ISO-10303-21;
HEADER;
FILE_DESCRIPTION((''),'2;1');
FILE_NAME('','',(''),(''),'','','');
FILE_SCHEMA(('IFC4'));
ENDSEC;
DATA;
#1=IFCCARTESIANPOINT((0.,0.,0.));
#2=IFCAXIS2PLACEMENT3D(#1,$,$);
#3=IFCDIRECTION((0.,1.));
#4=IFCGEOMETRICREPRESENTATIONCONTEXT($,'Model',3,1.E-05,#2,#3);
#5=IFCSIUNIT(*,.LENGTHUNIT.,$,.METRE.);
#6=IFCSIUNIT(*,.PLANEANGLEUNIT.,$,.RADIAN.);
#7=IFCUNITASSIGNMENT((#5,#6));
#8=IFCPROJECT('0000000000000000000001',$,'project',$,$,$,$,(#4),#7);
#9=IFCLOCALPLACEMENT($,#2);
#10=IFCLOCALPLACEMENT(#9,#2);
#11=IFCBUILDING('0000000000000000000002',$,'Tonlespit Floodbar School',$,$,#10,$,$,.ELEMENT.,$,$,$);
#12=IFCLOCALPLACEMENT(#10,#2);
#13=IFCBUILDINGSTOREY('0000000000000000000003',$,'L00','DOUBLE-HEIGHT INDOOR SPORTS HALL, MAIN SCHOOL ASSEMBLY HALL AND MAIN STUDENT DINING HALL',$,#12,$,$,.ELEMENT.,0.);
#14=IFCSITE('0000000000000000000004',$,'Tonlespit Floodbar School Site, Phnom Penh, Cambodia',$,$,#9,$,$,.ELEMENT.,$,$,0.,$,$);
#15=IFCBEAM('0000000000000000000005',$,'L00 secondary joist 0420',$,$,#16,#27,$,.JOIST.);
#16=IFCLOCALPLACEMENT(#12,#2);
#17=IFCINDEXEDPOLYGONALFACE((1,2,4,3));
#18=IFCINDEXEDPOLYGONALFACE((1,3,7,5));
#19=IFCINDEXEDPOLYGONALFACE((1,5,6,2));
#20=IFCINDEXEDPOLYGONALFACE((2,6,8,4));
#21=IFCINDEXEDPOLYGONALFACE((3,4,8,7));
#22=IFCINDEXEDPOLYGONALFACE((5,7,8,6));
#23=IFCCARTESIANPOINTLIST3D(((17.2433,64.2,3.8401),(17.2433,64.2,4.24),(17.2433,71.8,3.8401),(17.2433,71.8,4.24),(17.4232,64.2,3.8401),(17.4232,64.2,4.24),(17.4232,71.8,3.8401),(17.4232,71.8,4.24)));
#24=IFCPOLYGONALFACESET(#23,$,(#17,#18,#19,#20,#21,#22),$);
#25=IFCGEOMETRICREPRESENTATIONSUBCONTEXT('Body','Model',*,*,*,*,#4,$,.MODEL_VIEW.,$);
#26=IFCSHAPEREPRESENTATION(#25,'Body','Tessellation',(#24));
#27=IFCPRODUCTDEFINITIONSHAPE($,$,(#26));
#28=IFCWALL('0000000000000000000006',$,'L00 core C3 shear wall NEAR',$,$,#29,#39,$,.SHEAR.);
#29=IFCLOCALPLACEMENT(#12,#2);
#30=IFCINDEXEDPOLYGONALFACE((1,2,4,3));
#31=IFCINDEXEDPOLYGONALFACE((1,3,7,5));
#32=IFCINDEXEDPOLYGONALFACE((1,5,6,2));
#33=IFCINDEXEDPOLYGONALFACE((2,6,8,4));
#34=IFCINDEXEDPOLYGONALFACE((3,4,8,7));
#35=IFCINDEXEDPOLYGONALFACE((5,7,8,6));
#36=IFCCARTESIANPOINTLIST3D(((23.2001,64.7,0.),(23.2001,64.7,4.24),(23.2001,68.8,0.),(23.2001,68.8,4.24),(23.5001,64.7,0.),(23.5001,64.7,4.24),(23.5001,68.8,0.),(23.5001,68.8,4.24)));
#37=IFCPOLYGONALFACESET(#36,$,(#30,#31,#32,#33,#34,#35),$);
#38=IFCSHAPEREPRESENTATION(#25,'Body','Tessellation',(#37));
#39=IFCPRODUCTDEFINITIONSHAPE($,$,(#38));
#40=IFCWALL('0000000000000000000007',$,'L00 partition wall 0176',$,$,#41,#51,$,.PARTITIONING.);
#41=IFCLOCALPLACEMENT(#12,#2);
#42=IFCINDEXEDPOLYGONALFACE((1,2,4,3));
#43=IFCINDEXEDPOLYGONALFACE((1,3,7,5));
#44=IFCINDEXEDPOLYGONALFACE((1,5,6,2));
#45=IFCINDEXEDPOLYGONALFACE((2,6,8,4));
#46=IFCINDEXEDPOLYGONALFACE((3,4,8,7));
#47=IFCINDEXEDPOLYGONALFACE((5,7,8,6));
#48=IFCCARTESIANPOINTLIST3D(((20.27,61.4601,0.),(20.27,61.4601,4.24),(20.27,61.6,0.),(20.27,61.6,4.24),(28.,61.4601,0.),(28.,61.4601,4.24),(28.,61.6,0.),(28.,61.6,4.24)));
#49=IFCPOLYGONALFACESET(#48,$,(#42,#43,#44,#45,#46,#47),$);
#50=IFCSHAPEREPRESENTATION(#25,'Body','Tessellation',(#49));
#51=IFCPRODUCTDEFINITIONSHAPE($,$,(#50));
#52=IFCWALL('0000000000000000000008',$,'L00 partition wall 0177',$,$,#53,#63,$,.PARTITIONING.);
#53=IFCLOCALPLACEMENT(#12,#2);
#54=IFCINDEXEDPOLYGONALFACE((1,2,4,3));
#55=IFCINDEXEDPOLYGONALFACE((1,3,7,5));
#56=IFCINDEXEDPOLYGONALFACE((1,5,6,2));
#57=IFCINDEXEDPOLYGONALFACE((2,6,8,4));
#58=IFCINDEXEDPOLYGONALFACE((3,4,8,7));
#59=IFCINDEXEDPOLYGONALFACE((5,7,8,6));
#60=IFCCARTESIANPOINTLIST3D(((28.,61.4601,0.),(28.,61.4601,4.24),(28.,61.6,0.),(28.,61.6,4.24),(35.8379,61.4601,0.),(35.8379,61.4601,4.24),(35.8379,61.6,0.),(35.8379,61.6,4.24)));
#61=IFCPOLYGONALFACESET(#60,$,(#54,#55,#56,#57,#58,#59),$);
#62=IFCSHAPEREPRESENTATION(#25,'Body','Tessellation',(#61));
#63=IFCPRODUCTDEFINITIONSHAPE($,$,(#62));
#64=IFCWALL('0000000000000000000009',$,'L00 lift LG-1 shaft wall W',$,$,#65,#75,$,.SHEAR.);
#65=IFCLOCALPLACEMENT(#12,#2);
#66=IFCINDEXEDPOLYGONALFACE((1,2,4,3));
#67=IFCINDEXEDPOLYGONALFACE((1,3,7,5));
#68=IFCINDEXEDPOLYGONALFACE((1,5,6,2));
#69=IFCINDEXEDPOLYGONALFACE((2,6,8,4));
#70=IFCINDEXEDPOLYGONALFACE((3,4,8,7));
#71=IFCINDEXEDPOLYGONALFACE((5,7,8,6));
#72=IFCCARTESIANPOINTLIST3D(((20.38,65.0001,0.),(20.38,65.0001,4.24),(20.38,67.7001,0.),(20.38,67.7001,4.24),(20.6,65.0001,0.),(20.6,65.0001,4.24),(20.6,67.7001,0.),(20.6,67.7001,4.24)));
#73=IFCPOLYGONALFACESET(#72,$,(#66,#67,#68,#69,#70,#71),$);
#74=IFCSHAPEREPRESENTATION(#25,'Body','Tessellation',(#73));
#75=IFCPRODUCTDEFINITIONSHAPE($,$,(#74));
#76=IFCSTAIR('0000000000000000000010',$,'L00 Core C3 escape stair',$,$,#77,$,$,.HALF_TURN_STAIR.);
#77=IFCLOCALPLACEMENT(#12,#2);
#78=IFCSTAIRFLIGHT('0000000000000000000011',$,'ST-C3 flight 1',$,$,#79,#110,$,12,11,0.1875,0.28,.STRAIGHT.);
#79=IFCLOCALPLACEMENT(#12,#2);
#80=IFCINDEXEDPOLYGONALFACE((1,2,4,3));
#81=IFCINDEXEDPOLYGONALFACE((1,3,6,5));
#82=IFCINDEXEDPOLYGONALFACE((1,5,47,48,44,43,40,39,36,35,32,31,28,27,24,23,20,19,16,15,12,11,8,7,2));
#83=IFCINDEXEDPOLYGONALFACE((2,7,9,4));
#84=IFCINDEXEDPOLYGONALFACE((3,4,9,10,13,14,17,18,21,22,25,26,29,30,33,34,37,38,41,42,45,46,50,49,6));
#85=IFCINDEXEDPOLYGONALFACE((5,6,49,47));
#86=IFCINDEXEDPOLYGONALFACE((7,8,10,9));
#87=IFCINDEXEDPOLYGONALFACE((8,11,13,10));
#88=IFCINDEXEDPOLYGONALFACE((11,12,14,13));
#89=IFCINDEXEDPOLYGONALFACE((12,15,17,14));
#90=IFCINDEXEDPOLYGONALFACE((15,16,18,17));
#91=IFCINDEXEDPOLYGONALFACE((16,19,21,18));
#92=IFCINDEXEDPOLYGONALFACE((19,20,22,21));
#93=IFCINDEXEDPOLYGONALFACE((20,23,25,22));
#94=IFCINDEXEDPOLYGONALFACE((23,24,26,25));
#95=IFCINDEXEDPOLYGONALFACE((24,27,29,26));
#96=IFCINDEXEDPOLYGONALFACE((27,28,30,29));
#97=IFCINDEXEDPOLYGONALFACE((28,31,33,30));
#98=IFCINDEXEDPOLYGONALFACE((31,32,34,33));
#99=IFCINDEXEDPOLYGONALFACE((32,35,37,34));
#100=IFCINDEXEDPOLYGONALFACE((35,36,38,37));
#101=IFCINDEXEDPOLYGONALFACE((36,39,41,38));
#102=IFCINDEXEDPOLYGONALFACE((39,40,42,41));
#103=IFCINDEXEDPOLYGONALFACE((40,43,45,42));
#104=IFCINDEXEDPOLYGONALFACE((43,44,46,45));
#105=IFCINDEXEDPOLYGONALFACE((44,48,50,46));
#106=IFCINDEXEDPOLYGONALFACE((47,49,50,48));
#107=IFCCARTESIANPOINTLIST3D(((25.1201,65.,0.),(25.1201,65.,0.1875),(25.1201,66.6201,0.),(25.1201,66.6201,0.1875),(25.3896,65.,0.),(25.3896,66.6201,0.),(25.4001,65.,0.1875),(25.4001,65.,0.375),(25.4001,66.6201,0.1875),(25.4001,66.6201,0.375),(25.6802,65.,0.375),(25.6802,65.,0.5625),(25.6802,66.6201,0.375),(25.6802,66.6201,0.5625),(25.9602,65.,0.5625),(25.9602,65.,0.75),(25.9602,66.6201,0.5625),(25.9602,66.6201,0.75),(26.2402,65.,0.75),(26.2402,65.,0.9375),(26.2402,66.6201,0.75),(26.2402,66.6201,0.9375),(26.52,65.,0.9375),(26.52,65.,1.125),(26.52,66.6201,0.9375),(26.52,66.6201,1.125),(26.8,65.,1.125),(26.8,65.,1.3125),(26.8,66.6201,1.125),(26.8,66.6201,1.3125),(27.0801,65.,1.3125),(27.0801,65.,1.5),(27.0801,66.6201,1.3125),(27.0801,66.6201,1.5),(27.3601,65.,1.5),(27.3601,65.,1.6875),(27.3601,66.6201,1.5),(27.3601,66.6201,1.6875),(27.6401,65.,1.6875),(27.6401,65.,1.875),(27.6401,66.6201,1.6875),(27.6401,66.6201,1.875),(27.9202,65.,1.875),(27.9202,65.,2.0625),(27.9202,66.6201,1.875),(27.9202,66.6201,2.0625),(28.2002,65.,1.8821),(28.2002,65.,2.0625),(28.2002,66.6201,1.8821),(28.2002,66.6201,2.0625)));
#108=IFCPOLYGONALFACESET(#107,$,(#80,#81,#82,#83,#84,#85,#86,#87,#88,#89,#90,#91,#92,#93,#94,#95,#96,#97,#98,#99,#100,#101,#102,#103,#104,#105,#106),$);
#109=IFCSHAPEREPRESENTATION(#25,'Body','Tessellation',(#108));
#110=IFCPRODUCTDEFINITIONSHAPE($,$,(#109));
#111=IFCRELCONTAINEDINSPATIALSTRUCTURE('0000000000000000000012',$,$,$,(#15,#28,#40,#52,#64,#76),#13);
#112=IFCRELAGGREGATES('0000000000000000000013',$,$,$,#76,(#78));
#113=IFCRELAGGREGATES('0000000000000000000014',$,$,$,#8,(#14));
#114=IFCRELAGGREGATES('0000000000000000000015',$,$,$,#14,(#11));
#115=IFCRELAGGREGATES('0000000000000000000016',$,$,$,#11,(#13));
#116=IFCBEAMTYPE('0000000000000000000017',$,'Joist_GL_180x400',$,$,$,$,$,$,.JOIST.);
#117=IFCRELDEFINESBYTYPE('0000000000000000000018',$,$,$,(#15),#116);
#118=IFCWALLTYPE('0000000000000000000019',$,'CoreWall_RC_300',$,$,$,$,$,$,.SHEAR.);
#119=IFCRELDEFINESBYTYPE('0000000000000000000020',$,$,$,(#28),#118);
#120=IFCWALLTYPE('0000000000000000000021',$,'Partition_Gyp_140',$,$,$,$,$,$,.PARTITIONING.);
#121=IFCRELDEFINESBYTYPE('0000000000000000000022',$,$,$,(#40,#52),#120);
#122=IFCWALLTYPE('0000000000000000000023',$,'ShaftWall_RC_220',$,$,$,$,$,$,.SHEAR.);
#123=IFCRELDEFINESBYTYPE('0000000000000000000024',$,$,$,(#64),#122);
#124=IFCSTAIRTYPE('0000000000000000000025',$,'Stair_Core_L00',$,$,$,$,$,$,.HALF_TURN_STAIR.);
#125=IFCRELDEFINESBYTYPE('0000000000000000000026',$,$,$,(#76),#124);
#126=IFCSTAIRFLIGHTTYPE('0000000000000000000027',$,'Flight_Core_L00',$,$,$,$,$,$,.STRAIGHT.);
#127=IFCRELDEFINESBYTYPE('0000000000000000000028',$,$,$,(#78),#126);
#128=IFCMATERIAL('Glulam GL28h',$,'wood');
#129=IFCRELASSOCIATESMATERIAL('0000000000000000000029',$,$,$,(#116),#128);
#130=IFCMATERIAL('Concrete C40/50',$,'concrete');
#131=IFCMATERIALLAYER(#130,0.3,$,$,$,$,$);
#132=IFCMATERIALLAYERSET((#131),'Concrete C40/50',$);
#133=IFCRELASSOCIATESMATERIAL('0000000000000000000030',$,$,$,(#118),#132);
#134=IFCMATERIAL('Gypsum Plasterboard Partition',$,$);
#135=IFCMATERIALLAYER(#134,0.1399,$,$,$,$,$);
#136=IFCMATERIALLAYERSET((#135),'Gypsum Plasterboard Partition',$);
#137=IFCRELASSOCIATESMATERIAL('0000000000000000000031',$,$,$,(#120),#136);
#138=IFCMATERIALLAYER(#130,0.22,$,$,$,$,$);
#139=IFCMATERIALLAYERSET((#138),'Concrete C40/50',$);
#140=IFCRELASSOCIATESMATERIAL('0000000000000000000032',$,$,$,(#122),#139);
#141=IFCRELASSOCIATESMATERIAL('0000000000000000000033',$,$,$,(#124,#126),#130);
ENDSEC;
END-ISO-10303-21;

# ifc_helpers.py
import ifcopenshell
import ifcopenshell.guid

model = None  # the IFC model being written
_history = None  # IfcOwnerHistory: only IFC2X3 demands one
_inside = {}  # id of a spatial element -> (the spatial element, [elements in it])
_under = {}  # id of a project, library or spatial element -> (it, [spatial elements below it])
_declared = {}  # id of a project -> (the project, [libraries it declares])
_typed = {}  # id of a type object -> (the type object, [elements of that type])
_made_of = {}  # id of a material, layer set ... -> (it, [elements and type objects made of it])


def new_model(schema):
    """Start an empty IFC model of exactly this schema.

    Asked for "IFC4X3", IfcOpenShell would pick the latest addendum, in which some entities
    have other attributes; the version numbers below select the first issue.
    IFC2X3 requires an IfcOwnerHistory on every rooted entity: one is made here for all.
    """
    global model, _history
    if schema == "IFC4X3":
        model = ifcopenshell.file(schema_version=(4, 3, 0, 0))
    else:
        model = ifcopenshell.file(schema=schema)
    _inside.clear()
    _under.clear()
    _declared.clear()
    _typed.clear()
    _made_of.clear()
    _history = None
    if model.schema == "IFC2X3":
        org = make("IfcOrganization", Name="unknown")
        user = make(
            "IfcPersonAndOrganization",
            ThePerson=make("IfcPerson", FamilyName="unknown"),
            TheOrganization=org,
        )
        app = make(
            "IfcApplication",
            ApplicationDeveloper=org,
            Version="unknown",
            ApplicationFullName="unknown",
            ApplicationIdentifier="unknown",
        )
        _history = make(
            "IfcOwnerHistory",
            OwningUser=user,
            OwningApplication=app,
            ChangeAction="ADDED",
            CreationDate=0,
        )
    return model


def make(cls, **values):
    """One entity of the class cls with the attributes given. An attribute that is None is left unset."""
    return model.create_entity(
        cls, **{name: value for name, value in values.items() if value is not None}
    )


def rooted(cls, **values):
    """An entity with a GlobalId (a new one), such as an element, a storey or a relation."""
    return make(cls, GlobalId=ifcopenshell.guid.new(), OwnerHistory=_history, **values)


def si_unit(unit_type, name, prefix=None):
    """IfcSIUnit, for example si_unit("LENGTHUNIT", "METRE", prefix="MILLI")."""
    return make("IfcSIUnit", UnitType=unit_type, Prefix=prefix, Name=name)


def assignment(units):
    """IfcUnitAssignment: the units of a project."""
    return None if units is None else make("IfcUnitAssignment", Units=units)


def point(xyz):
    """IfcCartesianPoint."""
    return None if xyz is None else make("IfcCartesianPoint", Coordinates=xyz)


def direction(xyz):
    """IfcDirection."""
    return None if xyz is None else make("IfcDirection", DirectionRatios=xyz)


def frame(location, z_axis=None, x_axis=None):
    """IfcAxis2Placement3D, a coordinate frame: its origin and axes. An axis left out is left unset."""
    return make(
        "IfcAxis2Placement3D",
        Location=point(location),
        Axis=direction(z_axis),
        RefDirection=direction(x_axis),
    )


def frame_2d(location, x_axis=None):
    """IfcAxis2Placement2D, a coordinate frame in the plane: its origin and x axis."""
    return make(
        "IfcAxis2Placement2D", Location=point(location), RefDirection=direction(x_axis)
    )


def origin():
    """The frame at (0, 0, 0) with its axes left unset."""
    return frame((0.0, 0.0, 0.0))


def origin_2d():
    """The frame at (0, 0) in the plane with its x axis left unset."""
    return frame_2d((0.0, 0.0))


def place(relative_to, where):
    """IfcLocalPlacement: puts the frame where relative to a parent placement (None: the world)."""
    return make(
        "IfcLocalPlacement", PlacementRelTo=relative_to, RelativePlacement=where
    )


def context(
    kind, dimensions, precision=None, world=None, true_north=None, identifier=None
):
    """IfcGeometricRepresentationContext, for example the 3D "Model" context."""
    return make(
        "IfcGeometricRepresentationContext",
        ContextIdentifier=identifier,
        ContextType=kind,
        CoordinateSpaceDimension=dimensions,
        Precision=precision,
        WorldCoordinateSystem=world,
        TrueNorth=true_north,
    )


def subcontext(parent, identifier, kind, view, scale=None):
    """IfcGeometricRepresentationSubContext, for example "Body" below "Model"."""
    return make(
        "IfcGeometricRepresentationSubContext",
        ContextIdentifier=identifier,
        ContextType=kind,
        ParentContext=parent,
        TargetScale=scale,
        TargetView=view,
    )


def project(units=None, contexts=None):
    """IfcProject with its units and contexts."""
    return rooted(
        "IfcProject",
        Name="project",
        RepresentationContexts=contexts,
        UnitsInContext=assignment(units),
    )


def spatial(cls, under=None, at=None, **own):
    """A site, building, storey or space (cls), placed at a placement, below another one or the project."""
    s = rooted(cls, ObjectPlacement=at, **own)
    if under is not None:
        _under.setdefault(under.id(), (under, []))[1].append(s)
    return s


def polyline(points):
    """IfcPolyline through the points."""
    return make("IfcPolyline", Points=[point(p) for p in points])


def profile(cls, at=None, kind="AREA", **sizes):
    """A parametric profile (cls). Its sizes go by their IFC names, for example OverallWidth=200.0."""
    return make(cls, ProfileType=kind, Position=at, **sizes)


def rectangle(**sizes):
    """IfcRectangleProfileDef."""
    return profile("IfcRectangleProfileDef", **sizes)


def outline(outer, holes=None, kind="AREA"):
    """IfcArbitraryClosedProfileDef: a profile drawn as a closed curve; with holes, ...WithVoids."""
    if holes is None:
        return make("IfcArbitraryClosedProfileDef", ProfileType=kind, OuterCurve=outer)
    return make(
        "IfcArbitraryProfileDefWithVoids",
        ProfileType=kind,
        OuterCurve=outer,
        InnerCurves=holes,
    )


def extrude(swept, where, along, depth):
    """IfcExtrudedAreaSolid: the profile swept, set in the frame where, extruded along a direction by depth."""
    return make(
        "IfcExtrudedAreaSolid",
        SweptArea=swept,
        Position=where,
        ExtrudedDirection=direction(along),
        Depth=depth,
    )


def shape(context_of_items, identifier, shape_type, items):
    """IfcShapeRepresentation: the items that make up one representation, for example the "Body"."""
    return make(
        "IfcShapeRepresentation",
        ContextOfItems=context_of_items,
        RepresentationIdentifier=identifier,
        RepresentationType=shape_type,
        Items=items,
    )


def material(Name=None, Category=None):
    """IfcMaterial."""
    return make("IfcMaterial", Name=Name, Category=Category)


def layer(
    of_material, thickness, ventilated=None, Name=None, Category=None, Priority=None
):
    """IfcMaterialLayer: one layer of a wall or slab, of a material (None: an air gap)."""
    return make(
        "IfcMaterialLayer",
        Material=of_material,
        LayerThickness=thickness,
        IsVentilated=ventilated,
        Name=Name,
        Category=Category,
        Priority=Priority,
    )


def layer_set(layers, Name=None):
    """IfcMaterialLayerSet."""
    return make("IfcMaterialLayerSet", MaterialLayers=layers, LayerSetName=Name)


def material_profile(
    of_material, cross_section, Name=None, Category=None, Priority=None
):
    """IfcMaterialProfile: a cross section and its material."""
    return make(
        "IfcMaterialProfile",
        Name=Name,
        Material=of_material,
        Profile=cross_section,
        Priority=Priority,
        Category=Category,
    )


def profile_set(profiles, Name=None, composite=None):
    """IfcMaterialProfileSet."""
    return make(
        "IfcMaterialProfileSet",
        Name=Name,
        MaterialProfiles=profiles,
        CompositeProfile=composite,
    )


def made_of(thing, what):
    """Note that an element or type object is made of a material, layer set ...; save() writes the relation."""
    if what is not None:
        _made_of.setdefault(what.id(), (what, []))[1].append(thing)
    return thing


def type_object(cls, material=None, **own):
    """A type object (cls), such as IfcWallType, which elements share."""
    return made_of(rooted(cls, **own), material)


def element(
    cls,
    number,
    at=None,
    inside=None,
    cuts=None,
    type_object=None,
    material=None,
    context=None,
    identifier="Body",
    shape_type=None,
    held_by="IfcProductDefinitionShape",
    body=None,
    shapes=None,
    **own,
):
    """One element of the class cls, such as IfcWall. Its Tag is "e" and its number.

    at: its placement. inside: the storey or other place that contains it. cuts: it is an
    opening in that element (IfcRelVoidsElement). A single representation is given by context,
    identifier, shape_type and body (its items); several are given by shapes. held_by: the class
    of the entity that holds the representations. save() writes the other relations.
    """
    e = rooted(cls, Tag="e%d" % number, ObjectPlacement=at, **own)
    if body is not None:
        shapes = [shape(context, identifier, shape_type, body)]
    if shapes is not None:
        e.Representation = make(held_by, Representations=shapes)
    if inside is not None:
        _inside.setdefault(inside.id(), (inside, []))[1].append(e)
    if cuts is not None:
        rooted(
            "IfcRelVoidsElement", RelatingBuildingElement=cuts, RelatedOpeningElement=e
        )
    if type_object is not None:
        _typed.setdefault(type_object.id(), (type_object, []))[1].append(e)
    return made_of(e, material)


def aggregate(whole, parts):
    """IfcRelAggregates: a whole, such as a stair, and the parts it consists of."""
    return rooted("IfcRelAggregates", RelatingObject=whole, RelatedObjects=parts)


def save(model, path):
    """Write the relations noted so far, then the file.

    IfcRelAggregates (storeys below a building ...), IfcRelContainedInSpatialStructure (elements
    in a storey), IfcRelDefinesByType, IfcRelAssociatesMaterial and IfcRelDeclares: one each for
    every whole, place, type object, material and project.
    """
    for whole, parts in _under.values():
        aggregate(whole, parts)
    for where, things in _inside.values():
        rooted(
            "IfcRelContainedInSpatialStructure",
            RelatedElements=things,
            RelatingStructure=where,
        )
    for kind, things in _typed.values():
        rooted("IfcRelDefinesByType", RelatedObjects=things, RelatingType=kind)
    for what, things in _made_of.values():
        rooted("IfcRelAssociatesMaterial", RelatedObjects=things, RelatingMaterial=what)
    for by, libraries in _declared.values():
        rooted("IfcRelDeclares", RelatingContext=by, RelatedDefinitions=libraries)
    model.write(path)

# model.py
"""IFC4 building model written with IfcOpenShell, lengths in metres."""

from ifc_helpers import new_model, si_unit, direction, frame, frame_2d, origin, origin_2d, place, context, subcontext, project, spatial, polyline, rectangle, outline, extrude, material, layer, layer_set, material_profile, profile_set, type_object, element, aggregate, save


model = new_model("IFC4")

# Units and contexts
model_context = context("Model", 3, precision=1e-05, world=origin(), true_north=direction((0.0, 1.0)))
body_context = subcontext(model_context, "Body", "Model", "MODEL_VIEW")
ifc_project = project(units=[si_unit("LENGTHUNIT", "METRE"), si_unit("PLANEANGLEUNIT", "RADIAN")], contexts=[model_context])

# Site, building, storey
site_placement = place(None, origin())
site = spatial("IfcSite", under=ifc_project, at=site_placement, Name="Tonlespit Floodbar School Site, Phnom Penh, Cambodia", CompositionType="ELEMENT", RefElevation=0.0)
building_placement = place(site_placement, origin())
building = spatial("IfcBuilding", under=site, at=building_placement, Name="Tonlespit Floodbar School", CompositionType="ELEMENT")
storey_placement = place(building_placement, origin())
storey = spatial("IfcBuildingStorey", under=building, at=storey_placement, Name="L00", Description="DOUBLE-HEIGHT INDOOR SPORTS HALL, MAIN SCHOOL ASSEMBLY HALL AND MAIN STUDENT DINING HALL", CompositionType="ELEMENT", Elevation=0.0)

# Shared definitions
ifc_material_1 = material(Name="Concrete C40/50", Category="concrete")

# Beam
ifc_material_2 = material(Name="Glulam GL28h", Category="wood")
ifc_material_profile_1 = material_profile(ifc_material_2, rectangle(XDim=0.1799, YDim=0.3999, at=origin_2d()), Name="GL 180x400")
ifc_profile_set_1 = profile_set([ifc_material_profile_1], Name="Glulam GL28h")
beam_type_1 = type_object("IfcBeamType", Name="Joist_GL_180x400", PredefinedType="JOIST", material=ifc_profile_set_1)
for number, where, z_axis, x_axis, name in (
    (1, (17.3333, 64.2, 4.04), (0.0, 1.0, 0.0), (-1.0, 0.0, 0.0), "L00 secondary joist 0420"),
):
    element("IfcBeam", number, at=place(storey_placement, frame(where, z_axis=z_axis, x_axis=x_axis)), inside=storey, type_object=beam_type_1, Name=name, PredefinedType="JOIST", context=body_context, shape_type="SweptSolid", body=[
        extrude(rectangle(XDim=0.1799, YDim=0.3999, at=origin_2d()), origin(), (0.0, 0.0, 1.0), 7.6001),
    ])

# Wall
ifc_layer_1 = layer(ifc_material_1, 0.3)
ifc_layer_set_1 = layer_set([ifc_layer_1], Name="Concrete C40/50")
wall_type_1 = type_object("IfcWallType", Name="CoreWall_RC_300", PredefinedType="SHEAR", material=ifc_layer_set_1)
wall_1_placement = place(storey_placement, frame((23.3501, 64.7, 0.0), z_axis=(0.0, 0.0, 1.0), x_axis=(0.0, 1.0, 0.0)))
element("IfcWall", 2, at=wall_1_placement, inside=storey, type_object=wall_type_1, Name="L00 core C3 shear wall NEAR", PredefinedType="SHEAR", context=body_context, shape_type="SweptSolid", body=[
    extrude(rectangle(XDim=4.1001, YDim=0.3, at=frame_2d((2.05, 0.0))), origin(), (0.0, 0.0, 1.0), 4.24),
])

# Walls
ifc_material_3 = material(Name="Gypsum Plasterboard Partition")
ifc_layer_2 = layer(ifc_material_3, 0.1399)
ifc_layer_set_2 = layer_set([ifc_layer_2], Name="Gypsum Plasterboard Partition")
wall_type_2 = type_object("IfcWallType", Name="Partition_Gyp_140", PredefinedType="PARTITIONING", material=ifc_layer_set_2)
wall_2_placement = place(storey_placement, frame((20.27, 61.53, 0.0), z_axis=(0.0, 0.0, 1.0), x_axis=(1.0, 0.0, 0.0)))
element("IfcWall", 3, at=wall_2_placement, inside=storey, type_object=wall_type_2, Name="L00 partition wall 0176", PredefinedType="PARTITIONING", context=body_context, shape_type="SweptSolid", body=[
    extrude(rectangle(XDim=7.73, YDim=0.1399, at=frame_2d((3.865, 0.0))), origin(), (0.0, 0.0, 1.0), 4.24),
])
wall_3_placement = place(storey_placement, frame((28.0, 61.53, 0.0), z_axis=(0.0, 0.0, 1.0), x_axis=(1.0, 0.0, 0.0)))
element("IfcWall", 4, at=wall_3_placement, inside=storey, type_object=wall_type_2, Name="L00 partition wall 0177", PredefinedType="PARTITIONING", context=body_context, shape_type="SweptSolid", body=[
    extrude(rectangle(XDim=7.8379, YDim=0.1399, at=frame_2d((3.9189, 0.0))), origin(), (0.0, 0.0, 1.0), 4.24),
])

# Shared definitions
ifc_layer_3 = layer(ifc_material_1, 0.22)
ifc_layer_set_3 = layer_set([ifc_layer_3], Name="Concrete C40/50")
wall_type_3 = type_object("IfcWallType", Name="ShaftWall_RC_220", PredefinedType="SHEAR", material=ifc_layer_set_3)

# Wall
wall_4_placement = place(storey_placement, frame((20.49, 65.0, 0.0), z_axis=(0.0, 0.0, 1.0), x_axis=(0.0, 1.0, 0.0)))
element("IfcWall", 5, at=wall_4_placement, inside=storey, type_object=wall_type_3, Name="L00 lift LG-1 shaft wall W", PredefinedType="SHEAR", context=body_context, shape_type="SweptSolid", body=[
    extrude(rectangle(XDim=2.7, YDim=0.22, at=frame_2d((1.3501, 0.0))), origin(), (0.0, 0.0, 1.0), 4.24),
])

# Stair, stair flight
stair_type = type_object("IfcStairType", Name="Stair_Core_L00", PredefinedType="HALF_TURN_STAIR", material=ifc_material_1)
stair_placement = place(storey_placement, origin())
stair = element("IfcStair", 6, at=stair_placement, inside=storey, type_object=stair_type, Name="L00 Core C3 escape stair", PredefinedType="HALF_TURN_STAIR")
stair_flight_type = type_object("IfcStairFlightType", Name="Flight_Core_L00", PredefinedType="STRAIGHT", material=ifc_material_1)
stair_flight_placement = place(storey_placement, frame((25.1201, 65.8101, 0.0), z_axis=(0.0, 0.0, 1.0), x_axis=(1.0, 0.0, 0.0)))
stair_flight = element("IfcStairFlight", 7, at=stair_flight_placement, type_object=stair_flight_type, Name="ST-C3 flight 1", NumberOfRisers=12, NumberOfTreads=11, PredefinedType="STRAIGHT", RiserHeight=0.1875, TreadLength=0.28, context=body_context, shape_type="SweptSolid", body=[
    extrude(outline(polyline([(0.0, 0.0), (0.0, 0.1875), (0.28, 0.1875), (0.28, 0.375), (0.5601, 0.375), (0.5601, 0.5625), (0.8401, 0.5625), (0.8401, 0.75), (1.1201, 0.75), (1.1201, 0.9375), (1.3999, 0.9375), (1.3999, 1.125), (1.6799, 1.125), (1.6799, 1.3125), (1.96, 1.3125), (1.96, 1.5), (2.24, 1.5), (2.24, 1.6875), (2.52, 1.6875), (2.52, 1.875), (2.8, 1.875), (2.8, 2.0625), (3.0801, 2.0625), (3.0801, 2.25), (3.0801, 1.8821), (0.2695, 0.0), (0.0, 0.0)])), frame((0.0, 0.8101, 0.0), z_axis=(0.0, -1.0, 0.0), x_axis=(1.0, 0.0, 0.0)), (0.0, 0.0, 1.0), 1.6201),
])
aggregate(stair, [stair_flight])

save(model, "model.ifc")
